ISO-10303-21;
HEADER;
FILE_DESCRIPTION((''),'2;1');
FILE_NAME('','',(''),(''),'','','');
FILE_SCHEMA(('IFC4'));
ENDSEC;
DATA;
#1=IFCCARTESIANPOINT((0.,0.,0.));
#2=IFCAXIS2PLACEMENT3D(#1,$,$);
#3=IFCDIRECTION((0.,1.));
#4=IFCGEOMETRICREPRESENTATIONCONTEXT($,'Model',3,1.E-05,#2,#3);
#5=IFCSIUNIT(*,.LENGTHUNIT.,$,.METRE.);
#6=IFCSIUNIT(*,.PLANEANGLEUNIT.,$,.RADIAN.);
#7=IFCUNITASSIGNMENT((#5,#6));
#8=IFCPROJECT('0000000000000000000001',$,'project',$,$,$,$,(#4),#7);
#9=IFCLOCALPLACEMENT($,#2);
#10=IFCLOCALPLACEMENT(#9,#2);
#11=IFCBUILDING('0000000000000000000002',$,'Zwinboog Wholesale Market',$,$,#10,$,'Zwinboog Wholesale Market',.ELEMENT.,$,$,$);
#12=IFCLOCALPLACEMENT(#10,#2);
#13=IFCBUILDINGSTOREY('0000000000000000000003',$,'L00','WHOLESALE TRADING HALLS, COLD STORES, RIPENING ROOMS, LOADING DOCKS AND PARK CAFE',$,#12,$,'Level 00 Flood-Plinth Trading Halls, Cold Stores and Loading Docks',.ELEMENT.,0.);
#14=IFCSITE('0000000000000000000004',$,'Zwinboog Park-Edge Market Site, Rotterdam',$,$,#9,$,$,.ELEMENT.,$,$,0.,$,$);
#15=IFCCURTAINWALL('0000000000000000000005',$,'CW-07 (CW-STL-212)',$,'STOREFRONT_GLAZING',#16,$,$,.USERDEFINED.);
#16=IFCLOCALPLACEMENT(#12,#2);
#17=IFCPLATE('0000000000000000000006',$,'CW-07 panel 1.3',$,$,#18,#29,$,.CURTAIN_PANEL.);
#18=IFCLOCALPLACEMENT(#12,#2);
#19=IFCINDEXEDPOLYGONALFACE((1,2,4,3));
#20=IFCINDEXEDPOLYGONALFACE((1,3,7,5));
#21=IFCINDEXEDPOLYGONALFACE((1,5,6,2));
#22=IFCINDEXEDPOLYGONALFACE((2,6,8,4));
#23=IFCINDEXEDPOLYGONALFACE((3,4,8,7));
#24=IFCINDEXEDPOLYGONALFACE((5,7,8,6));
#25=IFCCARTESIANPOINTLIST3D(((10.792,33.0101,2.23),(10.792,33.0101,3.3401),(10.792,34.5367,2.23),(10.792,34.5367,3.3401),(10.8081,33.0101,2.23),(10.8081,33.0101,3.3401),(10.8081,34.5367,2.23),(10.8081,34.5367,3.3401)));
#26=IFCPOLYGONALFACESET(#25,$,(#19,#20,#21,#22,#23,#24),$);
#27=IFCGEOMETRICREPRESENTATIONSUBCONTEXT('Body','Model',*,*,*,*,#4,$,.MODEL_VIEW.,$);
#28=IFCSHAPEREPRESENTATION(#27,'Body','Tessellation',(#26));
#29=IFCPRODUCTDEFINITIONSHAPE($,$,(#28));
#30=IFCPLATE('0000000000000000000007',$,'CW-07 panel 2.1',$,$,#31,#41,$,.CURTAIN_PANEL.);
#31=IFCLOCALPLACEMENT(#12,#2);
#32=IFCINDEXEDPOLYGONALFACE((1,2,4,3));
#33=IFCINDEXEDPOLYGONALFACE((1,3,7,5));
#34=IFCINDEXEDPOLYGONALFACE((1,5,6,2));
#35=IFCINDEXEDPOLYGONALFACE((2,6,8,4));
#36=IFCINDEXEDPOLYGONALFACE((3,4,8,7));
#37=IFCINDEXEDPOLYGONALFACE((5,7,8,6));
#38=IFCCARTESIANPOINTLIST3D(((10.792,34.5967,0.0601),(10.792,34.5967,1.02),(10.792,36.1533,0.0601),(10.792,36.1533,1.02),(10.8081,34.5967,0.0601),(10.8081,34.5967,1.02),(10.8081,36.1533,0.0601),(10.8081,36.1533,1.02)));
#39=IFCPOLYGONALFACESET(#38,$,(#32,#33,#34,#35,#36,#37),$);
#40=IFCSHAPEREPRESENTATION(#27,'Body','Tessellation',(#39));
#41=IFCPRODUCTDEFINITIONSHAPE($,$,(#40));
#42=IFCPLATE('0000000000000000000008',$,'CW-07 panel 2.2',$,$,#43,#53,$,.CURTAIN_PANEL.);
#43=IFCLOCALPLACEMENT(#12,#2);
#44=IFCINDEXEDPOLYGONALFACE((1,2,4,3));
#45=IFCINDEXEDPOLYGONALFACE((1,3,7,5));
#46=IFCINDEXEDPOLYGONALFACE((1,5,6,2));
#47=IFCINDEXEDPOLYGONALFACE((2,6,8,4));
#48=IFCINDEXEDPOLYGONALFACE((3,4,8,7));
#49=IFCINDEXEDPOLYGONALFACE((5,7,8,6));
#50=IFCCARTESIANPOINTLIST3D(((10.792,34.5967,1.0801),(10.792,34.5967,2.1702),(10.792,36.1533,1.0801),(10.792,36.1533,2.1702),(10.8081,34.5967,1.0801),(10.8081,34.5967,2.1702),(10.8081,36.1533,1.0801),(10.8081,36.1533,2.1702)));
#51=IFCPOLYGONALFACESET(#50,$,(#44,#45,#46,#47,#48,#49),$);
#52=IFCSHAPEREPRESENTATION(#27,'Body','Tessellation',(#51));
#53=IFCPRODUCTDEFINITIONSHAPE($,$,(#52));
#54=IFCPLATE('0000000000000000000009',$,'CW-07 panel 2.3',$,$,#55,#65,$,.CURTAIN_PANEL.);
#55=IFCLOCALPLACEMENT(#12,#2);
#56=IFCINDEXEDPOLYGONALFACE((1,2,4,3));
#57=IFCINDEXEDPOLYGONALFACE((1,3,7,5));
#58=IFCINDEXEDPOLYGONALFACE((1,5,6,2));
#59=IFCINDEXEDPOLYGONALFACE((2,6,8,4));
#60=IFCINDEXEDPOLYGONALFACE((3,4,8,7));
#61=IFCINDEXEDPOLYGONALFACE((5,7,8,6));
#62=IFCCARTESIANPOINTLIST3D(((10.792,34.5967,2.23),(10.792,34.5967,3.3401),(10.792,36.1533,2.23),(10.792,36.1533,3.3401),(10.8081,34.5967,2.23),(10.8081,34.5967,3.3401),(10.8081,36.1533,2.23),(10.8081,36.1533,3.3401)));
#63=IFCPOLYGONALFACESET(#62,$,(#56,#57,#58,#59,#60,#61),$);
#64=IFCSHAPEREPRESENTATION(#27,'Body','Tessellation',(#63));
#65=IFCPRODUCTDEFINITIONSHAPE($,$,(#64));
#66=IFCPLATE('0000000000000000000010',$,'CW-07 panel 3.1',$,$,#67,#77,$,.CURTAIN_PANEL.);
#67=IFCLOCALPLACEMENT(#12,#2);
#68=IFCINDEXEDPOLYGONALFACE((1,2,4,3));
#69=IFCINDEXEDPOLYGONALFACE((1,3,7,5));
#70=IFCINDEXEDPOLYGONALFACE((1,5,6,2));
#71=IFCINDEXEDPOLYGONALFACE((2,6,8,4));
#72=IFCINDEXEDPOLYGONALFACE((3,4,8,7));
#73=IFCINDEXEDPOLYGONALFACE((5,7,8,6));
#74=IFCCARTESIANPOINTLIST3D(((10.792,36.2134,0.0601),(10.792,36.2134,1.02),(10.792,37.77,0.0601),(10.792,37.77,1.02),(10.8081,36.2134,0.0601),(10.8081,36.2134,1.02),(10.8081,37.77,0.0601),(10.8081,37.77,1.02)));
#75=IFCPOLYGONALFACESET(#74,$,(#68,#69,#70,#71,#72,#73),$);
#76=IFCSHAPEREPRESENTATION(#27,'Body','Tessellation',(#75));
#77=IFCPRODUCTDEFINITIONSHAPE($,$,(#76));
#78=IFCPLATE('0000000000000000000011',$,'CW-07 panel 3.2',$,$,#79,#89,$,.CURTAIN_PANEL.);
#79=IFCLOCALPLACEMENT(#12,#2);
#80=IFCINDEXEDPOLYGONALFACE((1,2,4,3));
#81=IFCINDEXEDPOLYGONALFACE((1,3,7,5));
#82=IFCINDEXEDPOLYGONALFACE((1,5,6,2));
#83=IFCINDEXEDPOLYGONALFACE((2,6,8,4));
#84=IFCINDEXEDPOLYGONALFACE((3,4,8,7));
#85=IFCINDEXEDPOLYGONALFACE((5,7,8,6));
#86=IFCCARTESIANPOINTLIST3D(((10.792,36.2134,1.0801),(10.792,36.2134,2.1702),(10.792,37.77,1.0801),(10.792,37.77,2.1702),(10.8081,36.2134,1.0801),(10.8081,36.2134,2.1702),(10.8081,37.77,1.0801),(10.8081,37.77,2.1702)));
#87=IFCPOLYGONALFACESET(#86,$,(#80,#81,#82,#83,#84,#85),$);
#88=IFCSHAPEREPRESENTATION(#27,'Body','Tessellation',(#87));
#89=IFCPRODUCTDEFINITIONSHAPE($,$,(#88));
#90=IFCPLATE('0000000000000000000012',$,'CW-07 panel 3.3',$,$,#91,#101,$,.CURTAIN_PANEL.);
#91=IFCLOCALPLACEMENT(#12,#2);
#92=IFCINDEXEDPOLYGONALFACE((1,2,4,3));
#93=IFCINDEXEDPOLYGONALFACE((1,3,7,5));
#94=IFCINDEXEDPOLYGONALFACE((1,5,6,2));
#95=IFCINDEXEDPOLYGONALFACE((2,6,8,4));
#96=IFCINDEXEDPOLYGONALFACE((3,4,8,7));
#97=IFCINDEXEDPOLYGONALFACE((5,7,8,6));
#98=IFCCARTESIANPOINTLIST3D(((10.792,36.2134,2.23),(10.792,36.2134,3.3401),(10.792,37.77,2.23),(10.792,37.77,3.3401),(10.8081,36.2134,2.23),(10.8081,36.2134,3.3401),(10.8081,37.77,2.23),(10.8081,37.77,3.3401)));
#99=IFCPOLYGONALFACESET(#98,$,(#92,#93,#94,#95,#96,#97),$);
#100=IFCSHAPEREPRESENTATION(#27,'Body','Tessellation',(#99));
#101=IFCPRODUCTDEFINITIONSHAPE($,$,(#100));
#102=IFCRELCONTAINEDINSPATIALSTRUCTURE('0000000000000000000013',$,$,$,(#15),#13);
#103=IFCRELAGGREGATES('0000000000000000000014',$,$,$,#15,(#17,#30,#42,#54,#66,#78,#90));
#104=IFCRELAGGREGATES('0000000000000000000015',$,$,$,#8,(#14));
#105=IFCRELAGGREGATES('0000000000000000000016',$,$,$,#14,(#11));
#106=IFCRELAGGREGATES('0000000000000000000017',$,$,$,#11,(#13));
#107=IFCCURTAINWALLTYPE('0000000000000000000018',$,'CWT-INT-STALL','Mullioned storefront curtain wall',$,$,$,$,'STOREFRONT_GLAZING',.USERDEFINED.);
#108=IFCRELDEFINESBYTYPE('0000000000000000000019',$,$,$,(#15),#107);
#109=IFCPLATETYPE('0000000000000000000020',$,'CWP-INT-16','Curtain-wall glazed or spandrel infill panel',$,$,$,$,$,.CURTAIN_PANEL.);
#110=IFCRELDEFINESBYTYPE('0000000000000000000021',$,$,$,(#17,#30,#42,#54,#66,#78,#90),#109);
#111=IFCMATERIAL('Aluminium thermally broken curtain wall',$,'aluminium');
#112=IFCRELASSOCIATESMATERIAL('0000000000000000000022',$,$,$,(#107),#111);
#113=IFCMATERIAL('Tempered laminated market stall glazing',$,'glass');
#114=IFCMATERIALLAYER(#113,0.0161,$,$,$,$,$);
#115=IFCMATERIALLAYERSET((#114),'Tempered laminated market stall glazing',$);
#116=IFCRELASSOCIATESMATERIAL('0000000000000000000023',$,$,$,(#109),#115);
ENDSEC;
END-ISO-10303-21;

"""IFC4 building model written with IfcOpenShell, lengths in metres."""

from ifc_helpers import new_model, si_unit, direction, frame, origin, origin_2d, place, context, subcontext, project, spatial, rectangle, extrude, material, layer, layer_set, type_object, element, aggregate, save


model = new_model("IFC4")

# Units and contexts
model_context = context("Model", 3, precision=1e-05, world=origin(), true_north=direction((0.0, 1.0)))
body_context = subcontext(model_context, "Body", "Model", "MODEL_VIEW")
ifc_project = project(units=[si_unit("LENGTHUNIT", "METRE"), si_unit("PLANEANGLEUNIT", "RADIAN")], contexts=[model_context])

# Site, building, storey
site_placement = place(None, origin())
site = spatial("IfcSite", under=ifc_project, at=site_placement, Name="Zwinboog Park-Edge Market Site, Rotterdam", CompositionType="ELEMENT", RefElevation=0.0)
building_placement = place(site_placement, origin())
building = spatial("IfcBuilding", under=site, at=building_placement, Name="Zwinboog Wholesale Market", LongName="Zwinboog Wholesale Market", CompositionType="ELEMENT")
storey_placement = place(building_placement, origin())
storey = spatial("IfcBuildingStorey", under=building, at=storey_placement, Name="L00", Description="WHOLESALE TRADING HALLS, COLD STORES, RIPENING ROOMS, LOADING DOCKS AND PARK CAFE", LongName="Level 00 Flood-Plinth Trading Halls, Cold Stores and Loading Docks", CompositionType="ELEMENT", Elevation=0.0)

# Curtain wall, plates
ifc_material_1 = material(Name="Aluminium thermally broken curtain wall", Category="aluminium")
curtain_wall_type = type_object("IfcCurtainWallType", Name="CWT-INT-STALL", Description="Mullioned storefront curtain wall", ElementType="STOREFRONT_GLAZING", PredefinedType="USERDEFINED", material=ifc_material_1)
curtain_wall_placement = place(storey_placement, origin())
curtain_wall = element("IfcCurtainWall", 1, at=curtain_wall_placement, inside=storey, type_object=curtain_wall_type, Name="CW-07 (CW-STL-212)", ObjectType="STOREFRONT_GLAZING", PredefinedType="USERDEFINED")
ifc_material_2 = material(Name="Tempered laminated market stall glazing", Category="glass")
ifc_layer = layer(ifc_material_2, 0.0161)
ifc_layer_set = layer_set([ifc_layer], Name="Tempered laminated market stall glazing")
plate_type = type_object("IfcPlateType", Name="CWP-INT-16", Description="Curtain-wall glazed or spandrel infill panel", PredefinedType="CURTAIN_PANEL", material=ifc_layer_set)
plate_1_placement = place(storey_placement, frame((10.8, 33.7734, 2.23), z_axis=(0.0, 0.0, 1.0), x_axis=(0.0, 1.0, 0.0)))
plate_1 = element("IfcPlate", 2, at=plate_1_placement, type_object=plate_type, Name="CW-07 panel 1.3", PredefinedType="CURTAIN_PANEL", context=body_context, shape_type="SweptSolid", body=[
    extrude(rectangle(XDim=1.5266, YDim=0.0161, at=origin_2d()), origin(), (0.0, 0.0, 1.0), 1.1101),
])
plate_2_placement = place(storey_placement, frame((10.8, 35.375, 0.0601), z_axis=(0.0, 0.0, 1.0), x_axis=(0.0, 1.0, 0.0)))
plate_2 = element("IfcPlate", 3, at=plate_2_placement, type_object=plate_type, Name="CW-07 panel 2.1", PredefinedType="CURTAIN_PANEL", context=body_context, shape_type="SweptSolid", body=[
    extrude(rectangle(XDim=1.5566, YDim=0.0161, at=origin_2d()), origin(), (0.0, 0.0, 1.0), 0.96),
])
plate_3_placement = place(storey_placement, frame((10.8, 35.375, 1.0801), z_axis=(0.0, 0.0, 1.0), x_axis=(0.0, 1.0, 0.0)))
plate_3 = element("IfcPlate", 4, at=plate_3_placement, type_object=plate_type, Name="CW-07 panel 2.2", PredefinedType="CURTAIN_PANEL", context=body_context, shape_type="SweptSolid", body=[
    extrude(rectangle(XDim=1.5566, YDim=0.0161, at=origin_2d()), origin(), (0.0, 0.0, 1.0), 1.0901),
])
plate_4_placement = place(storey_placement, frame((10.8, 35.375, 2.23), z_axis=(0.0, 0.0, 1.0), x_axis=(0.0, 1.0, 0.0)))
plate_4 = element("IfcPlate", 5, at=plate_4_placement, type_object=plate_type, Name="CW-07 panel 2.3", PredefinedType="CURTAIN_PANEL", context=body_context, shape_type="SweptSolid", body=[
    extrude(rectangle(XDim=1.5566, YDim=0.0161, at=origin_2d()), origin(), (0.0, 0.0, 1.0), 1.1101),
])
plate_5_placement = place(storey_placement, frame((10.8, 36.9917, 0.0601), z_axis=(0.0, 0.0, 1.0), x_axis=(0.0, 1.0, 0.0)))
plate_5 = element("IfcPlate", 6, at=plate_5_placement, type_object=plate_type, Name="CW-07 panel 3.1", PredefinedType="CURTAIN_PANEL", context=body_context, shape_type="SweptSolid", body=[
    extrude(rectangle(XDim=1.5566, YDim=0.0161, at=origin_2d()), origin(), (0.0, 0.0, 1.0), 0.96),
])
plate_6_placement = place(storey_placement, frame((10.8, 36.9917, 1.0801), z_axis=(0.0, 0.0, 1.0), x_axis=(0.0, 1.0, 0.0)))
plate_6 = element("IfcPlate", 7, at=plate_6_placement, type_object=plate_type, Name="CW-07 panel 3.2", PredefinedType="CURTAIN_PANEL", context=body_context, shape_type="SweptSolid", body=[
    extrude(rectangle(XDim=1.5566, YDim=0.0161, at=origin_2d()), origin(), (0.0, 0.0, 1.0), 1.0901),
])
plate_7_placement = place(storey_placement, frame((10.8, 36.9917, 2.23), z_axis=(0.0, 0.0, 1.0), x_axis=(0.0, 1.0, 0.0)))
plate_7 = element("IfcPlate", 8, at=plate_7_placement, type_object=plate_type, Name="CW-07 panel 3.3", PredefinedType="CURTAIN_PANEL", context=body_context, shape_type="SweptSolid", body=[
    extrude(rectangle(XDim=1.5566, YDim=0.0161, at=origin_2d()), origin(), (0.0, 0.0, 1.0), 1.1101),
])
aggregate(curtain_wall, [plate_1, plate_2, plate_3, plate_4, plate_5, plate_6, plate_7])

save(model, "model.ifc")
